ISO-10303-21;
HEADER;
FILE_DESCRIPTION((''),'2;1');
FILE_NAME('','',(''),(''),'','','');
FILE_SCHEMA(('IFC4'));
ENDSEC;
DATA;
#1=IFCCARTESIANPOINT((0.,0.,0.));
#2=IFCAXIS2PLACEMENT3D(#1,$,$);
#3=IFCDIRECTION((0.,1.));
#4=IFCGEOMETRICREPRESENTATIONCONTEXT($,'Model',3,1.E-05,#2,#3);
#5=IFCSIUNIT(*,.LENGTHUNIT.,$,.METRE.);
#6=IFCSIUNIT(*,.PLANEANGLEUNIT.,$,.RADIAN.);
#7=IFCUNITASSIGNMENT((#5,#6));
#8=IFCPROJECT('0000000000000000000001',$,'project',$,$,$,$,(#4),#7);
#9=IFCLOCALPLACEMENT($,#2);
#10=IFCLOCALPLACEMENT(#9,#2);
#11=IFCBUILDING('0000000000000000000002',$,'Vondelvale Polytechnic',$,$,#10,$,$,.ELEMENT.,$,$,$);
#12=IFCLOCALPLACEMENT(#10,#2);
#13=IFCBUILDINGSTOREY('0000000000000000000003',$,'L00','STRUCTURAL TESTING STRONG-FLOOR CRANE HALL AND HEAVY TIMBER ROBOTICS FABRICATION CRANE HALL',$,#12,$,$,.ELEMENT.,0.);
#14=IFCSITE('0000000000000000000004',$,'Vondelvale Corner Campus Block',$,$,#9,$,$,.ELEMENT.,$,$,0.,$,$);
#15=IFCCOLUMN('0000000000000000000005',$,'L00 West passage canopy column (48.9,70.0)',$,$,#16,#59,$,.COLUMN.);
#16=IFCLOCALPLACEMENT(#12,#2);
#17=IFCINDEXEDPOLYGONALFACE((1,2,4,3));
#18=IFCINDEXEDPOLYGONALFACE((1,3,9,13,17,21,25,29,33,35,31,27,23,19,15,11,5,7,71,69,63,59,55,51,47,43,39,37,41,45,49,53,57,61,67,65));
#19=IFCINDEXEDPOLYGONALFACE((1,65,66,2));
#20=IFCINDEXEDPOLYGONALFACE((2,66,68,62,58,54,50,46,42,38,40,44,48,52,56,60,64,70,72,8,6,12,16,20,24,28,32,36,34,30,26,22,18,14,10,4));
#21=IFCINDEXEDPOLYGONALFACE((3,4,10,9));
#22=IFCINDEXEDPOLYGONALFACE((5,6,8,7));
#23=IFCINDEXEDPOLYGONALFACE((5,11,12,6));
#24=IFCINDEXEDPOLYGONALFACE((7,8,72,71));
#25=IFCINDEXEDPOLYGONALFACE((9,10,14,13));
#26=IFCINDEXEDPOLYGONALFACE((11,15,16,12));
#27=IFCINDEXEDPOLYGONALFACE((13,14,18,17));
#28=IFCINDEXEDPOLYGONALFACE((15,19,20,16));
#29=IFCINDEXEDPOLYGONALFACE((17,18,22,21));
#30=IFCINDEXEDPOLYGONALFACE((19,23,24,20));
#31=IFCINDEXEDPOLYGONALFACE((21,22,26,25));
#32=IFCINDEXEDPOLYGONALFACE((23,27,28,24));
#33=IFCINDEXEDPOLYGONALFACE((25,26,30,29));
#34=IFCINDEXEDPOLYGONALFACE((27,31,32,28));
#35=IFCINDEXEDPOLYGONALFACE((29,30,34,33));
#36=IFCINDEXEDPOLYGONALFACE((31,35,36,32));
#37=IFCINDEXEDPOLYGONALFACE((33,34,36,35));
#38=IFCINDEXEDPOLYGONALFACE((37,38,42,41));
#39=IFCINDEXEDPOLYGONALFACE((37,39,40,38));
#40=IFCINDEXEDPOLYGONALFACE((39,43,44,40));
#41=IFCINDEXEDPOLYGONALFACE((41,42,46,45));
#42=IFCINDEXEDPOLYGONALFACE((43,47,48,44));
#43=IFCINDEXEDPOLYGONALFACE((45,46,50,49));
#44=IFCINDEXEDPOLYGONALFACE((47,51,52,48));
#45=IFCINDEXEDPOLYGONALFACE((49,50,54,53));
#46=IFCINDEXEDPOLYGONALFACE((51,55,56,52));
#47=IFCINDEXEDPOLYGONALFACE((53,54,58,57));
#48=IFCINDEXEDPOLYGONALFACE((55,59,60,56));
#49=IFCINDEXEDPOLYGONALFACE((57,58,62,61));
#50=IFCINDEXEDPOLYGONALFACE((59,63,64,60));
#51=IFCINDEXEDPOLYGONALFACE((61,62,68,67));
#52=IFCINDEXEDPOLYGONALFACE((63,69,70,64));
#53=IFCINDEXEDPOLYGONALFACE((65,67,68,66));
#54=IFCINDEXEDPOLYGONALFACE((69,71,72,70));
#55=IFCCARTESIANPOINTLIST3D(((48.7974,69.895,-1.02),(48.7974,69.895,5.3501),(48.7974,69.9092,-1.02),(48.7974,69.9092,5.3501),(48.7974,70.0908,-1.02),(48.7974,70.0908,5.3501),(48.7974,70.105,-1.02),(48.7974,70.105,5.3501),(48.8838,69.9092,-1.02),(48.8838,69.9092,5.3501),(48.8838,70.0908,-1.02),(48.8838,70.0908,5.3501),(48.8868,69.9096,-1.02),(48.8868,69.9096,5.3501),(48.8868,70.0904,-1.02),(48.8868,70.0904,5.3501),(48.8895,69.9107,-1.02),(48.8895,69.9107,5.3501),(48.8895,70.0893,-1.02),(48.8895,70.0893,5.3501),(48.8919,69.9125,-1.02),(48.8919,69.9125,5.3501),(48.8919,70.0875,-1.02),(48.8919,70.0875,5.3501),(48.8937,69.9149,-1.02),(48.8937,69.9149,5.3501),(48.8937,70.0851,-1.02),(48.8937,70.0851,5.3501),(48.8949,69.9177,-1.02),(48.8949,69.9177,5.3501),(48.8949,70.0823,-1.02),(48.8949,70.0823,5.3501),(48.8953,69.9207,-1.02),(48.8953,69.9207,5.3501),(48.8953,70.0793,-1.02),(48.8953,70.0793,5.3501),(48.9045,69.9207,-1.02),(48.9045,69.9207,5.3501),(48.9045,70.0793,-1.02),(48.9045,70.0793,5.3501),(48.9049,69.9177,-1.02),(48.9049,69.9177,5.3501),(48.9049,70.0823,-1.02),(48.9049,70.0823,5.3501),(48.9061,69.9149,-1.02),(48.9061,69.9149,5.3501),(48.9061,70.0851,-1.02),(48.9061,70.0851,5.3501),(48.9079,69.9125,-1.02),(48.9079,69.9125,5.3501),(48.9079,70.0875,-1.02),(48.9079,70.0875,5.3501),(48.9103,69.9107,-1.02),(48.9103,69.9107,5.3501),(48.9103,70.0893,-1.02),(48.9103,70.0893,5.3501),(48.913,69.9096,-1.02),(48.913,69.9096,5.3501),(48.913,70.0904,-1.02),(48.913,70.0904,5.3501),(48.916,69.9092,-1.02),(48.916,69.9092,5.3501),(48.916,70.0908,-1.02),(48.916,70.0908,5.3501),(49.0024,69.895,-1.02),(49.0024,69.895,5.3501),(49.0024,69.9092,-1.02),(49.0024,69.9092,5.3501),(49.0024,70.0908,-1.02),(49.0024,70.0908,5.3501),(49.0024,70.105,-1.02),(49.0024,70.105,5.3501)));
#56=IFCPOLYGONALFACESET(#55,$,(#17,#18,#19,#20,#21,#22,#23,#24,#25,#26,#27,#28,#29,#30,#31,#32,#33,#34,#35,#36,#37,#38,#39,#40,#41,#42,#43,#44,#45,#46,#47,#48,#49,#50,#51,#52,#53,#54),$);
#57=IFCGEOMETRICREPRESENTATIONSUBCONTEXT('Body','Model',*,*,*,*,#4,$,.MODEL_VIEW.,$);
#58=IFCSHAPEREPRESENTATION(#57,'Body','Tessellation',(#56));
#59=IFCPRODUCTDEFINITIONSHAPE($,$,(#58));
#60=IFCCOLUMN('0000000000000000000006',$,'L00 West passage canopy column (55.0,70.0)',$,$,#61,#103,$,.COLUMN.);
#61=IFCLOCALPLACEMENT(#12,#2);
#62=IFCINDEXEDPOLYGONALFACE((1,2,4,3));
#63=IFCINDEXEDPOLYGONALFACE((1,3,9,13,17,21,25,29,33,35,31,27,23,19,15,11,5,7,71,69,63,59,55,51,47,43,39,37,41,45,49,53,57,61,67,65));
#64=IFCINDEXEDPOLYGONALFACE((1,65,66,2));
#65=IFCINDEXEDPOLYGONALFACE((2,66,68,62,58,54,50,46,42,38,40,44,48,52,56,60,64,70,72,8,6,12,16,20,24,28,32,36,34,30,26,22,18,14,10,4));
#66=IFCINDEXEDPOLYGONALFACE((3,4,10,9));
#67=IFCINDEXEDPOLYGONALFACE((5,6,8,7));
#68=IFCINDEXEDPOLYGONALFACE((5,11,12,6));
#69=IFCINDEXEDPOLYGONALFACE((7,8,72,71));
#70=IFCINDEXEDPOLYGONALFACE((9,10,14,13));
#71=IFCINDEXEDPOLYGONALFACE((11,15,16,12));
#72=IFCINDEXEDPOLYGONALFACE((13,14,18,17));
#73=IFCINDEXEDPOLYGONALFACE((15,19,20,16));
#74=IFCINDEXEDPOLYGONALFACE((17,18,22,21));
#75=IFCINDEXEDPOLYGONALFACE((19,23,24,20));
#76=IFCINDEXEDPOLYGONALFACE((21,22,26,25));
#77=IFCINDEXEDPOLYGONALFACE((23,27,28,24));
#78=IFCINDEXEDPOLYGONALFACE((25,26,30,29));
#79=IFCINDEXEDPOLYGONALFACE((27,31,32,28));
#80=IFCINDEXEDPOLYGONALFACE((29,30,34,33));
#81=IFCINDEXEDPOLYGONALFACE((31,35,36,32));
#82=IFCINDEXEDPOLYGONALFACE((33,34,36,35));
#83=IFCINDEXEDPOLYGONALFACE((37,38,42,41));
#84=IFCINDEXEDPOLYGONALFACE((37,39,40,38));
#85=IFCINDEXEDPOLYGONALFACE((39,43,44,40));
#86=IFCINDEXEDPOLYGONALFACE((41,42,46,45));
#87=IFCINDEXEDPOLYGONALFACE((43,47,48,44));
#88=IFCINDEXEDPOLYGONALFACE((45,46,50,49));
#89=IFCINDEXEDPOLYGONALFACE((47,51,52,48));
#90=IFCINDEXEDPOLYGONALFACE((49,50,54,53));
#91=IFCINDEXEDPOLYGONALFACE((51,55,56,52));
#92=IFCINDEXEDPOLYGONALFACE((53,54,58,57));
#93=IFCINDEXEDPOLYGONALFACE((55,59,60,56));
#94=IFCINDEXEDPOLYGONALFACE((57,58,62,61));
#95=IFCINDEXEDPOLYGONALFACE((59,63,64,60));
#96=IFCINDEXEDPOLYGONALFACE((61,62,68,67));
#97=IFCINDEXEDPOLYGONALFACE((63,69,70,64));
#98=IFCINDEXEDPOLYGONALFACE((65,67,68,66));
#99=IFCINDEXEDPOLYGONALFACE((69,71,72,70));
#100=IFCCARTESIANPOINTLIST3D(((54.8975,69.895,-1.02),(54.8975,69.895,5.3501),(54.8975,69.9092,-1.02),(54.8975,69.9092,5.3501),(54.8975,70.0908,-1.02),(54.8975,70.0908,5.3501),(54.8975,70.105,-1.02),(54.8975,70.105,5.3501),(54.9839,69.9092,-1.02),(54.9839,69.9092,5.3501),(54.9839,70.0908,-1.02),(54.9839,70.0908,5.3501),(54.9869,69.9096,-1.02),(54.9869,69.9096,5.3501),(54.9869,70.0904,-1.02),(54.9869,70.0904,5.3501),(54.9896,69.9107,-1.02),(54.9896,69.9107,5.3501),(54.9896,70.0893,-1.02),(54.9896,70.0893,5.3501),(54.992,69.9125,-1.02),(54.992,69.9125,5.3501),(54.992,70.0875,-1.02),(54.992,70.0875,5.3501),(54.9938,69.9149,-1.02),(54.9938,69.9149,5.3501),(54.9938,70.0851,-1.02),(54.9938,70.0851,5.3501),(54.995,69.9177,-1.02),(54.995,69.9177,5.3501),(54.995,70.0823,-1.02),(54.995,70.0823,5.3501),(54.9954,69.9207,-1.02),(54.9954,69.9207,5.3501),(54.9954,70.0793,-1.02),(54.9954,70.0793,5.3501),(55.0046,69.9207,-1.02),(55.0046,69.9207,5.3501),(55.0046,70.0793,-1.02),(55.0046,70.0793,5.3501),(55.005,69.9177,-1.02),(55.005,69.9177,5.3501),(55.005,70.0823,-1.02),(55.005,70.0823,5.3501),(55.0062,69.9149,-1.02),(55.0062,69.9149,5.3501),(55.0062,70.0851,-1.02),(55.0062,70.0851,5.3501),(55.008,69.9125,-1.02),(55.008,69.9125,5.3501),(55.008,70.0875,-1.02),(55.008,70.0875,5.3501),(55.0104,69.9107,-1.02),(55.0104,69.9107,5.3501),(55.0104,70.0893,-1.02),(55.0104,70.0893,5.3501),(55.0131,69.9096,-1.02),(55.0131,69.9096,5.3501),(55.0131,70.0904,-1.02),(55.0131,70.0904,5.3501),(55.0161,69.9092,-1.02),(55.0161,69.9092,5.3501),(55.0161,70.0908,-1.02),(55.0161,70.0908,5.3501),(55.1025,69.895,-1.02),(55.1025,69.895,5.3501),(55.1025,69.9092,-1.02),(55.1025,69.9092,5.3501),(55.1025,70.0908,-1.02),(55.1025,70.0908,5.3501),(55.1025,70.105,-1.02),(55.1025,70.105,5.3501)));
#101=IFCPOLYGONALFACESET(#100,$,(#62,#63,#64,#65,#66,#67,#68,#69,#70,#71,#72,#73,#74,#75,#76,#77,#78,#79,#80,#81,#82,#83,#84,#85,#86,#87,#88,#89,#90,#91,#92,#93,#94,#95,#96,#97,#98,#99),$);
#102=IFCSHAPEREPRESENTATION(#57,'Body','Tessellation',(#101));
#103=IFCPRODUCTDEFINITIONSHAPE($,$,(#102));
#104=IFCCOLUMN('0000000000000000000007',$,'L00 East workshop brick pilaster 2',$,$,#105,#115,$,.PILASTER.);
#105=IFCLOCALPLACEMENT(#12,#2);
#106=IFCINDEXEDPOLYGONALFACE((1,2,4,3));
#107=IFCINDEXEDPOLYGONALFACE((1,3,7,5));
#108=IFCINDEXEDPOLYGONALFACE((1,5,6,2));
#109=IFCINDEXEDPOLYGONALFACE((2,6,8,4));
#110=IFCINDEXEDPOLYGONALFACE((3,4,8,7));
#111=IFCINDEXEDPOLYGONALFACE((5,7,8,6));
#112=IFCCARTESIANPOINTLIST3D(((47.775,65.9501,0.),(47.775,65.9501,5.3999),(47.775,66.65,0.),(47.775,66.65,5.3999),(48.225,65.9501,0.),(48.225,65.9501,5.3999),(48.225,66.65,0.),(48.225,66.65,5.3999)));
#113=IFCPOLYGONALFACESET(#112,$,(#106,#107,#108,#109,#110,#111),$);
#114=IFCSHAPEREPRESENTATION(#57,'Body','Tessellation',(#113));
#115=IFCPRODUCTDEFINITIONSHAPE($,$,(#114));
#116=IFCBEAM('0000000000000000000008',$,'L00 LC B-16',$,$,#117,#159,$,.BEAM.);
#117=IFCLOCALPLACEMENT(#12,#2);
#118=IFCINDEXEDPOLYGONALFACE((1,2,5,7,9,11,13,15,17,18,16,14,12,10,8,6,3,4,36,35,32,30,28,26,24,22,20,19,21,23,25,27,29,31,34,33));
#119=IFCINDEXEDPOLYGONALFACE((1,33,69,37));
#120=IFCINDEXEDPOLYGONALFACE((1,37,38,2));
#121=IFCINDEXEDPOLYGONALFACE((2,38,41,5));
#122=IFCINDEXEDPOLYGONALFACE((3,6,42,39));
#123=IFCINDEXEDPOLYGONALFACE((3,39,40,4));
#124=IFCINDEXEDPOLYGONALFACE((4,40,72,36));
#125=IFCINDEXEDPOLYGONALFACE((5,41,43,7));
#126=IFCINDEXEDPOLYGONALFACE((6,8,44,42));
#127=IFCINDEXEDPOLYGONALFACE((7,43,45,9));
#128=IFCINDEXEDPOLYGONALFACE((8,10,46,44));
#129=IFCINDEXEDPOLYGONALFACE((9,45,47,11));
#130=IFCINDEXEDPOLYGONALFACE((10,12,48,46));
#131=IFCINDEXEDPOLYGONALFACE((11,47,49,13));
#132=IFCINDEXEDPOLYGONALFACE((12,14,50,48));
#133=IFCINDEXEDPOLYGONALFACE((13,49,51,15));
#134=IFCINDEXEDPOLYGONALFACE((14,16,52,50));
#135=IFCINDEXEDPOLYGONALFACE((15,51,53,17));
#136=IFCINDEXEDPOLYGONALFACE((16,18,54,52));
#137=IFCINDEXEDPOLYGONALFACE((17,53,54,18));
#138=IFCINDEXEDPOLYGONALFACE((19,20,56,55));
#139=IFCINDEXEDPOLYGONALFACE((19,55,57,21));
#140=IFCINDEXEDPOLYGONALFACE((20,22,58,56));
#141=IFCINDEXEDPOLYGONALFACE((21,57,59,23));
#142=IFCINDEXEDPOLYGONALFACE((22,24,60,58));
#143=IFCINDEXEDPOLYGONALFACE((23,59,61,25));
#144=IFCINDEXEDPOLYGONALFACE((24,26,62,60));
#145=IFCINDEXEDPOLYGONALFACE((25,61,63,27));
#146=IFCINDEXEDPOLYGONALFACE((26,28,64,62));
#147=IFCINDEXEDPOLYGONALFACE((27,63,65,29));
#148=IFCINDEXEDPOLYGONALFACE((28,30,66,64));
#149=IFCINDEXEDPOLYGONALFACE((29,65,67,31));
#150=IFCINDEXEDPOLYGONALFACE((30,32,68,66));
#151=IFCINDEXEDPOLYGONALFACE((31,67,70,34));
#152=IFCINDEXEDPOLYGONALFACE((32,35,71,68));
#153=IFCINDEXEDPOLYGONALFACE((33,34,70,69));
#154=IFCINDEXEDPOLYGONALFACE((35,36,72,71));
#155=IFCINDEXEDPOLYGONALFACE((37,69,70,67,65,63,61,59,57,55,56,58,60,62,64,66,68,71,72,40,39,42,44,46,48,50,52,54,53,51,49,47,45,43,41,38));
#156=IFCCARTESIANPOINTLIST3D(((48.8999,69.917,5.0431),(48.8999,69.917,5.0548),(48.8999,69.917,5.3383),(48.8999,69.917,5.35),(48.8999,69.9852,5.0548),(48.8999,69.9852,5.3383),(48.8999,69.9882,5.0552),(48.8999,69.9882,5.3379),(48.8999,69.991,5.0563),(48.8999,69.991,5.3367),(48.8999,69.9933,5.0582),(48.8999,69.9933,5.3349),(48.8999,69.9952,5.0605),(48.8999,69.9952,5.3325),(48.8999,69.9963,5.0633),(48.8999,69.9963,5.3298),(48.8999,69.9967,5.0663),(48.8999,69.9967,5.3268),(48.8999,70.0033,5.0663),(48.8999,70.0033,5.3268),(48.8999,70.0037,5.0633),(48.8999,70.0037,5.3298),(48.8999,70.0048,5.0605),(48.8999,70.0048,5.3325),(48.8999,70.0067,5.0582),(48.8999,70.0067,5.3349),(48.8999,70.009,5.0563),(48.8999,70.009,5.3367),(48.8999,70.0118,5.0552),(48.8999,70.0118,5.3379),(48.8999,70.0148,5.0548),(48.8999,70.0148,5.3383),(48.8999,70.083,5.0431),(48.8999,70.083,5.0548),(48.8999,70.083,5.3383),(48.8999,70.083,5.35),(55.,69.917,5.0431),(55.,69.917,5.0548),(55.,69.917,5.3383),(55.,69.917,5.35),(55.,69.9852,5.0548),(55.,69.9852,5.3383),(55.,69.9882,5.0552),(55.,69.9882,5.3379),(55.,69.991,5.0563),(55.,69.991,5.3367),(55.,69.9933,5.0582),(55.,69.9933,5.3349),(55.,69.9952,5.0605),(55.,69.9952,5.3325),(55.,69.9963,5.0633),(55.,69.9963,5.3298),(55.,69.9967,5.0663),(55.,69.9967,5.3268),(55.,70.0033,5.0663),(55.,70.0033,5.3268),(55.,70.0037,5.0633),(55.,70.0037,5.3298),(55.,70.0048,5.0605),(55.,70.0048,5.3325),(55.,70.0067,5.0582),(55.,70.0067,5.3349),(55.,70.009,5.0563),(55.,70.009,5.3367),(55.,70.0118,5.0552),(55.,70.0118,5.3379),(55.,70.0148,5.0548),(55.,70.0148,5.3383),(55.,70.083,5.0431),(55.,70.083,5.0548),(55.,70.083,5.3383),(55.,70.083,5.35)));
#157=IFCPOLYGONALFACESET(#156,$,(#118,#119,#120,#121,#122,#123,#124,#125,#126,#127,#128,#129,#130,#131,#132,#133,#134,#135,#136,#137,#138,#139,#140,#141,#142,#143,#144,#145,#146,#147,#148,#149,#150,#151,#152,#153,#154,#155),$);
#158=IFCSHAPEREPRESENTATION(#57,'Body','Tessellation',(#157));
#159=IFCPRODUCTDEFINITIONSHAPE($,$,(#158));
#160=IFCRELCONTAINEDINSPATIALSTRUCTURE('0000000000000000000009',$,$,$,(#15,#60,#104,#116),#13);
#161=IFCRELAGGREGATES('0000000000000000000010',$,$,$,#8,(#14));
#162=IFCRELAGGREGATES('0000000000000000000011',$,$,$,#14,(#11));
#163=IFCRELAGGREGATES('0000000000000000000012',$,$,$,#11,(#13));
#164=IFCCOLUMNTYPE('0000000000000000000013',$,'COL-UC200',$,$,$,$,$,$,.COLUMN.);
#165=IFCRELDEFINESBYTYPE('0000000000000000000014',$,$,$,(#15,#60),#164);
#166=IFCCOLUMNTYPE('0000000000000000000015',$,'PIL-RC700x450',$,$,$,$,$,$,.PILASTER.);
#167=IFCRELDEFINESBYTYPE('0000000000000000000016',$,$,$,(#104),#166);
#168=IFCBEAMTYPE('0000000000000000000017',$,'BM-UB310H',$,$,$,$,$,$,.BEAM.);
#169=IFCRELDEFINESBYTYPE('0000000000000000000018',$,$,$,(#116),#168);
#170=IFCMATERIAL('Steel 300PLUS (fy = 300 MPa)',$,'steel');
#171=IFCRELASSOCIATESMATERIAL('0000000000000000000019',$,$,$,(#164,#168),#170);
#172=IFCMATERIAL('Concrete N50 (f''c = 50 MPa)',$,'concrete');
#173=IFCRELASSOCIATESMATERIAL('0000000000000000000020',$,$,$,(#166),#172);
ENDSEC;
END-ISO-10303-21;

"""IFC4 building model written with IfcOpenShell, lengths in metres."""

from ifc_helpers import new_model, si_unit, direction, frame, origin, origin_2d, place, context, subcontext, project, spatial, rectangle, i_section, extrude, material, material_profile, profile_set, type_object, element, save


model = new_model("IFC4")

# Units and contexts
model_context = context("Model", 3, precision=1e-05, world=origin(), true_north=direction((0.0, 1.0)))
body_context = subcontext(model_context, "Body", "Model", "MODEL_VIEW")
ifc_project = project(units=[si_unit("LENGTHUNIT", "METRE"), si_unit("PLANEANGLEUNIT", "RADIAN")], contexts=[model_context])

# Site, building, storey
site_placement = place(None, origin())
site = spatial("IfcSite", under=ifc_project, at=site_placement, Name="Vondelvale Corner Campus Block", CompositionType="ELEMENT", RefElevation=0.0)
building_placement = place(site_placement, origin())
building = spatial("IfcBuilding", under=site, at=building_placement, Name="Vondelvale Polytechnic", CompositionType="ELEMENT")
storey_placement = place(building_placement, origin())
storey = spatial("IfcBuildingStorey", under=building, at=storey_placement, Name="L00", Description="STRUCTURAL TESTING STRONG-FLOOR CRANE HALL AND HEAVY TIMBER ROBOTICS FABRICATION CRANE HALL", CompositionType="ELEMENT", Elevation=0.0)

# Columns
ifc_material_1 = material(Name="Concrete N50 (f'c = 50 MPa)", Category="concrete")
ifc_material_2 = material(Name="Steel 300PLUS (fy = 300 MPa)", Category="steel")
ifc_material_profile_1 = material_profile(ifc_material_2, i_section(OverallWidth=0.2051, OverallDepth=0.21, WebThickness=0.0093, FlangeThickness=0.0142, FilletRadius=0.0115, at=origin_2d()), Name="200UC59.5")
ifc_profile_set_1 = profile_set([ifc_material_profile_1], Name="Steel 300PLUS (fy = 300 MPa)")
column_type_1 = type_object("IfcColumnType", Name="COL-UC200", PredefinedType="COLUMN", material=ifc_profile_set_1)
for number, where, z_axis, x_axis, name in (
    (1, (48.8999, 70.0, -1.02), (0.0, 0.0, 1.0), (1.0, 0.0, 0.0), "L00 West passage canopy column (48.9,70.0)"),
    (2, (55.0, 70.0, -1.02), (0.0, 0.0, 1.0), (1.0, 0.0, 0.0), "L00 West passage canopy column (55.0,70.0)"),
):
    element("IfcColumn", number, at=place(storey_placement, frame(where, z_axis=z_axis, x_axis=x_axis)), inside=storey, type_object=column_type_1, Name=name, PredefinedType="COLUMN", context=body_context, shape_type="SweptSolid", body=[
        extrude(i_section(OverallWidth=0.2051, OverallDepth=0.21, WebThickness=0.0093, FlangeThickness=0.0142, FilletRadius=0.0115, at=origin_2d()), origin(), (0.0, 0.0, 1.0), 6.3701),
    ])
ifc_material_profile_2 = material_profile(ifc_material_1, rectangle(XDim=0.45, YDim=0.7, at=origin_2d()), Name="RC-PIL-700x450")
ifc_profile_set_2 = profile_set([ifc_material_profile_2], Name="Concrete N50 (f'c = 50 MPa)")
column_type_2 = type_object("IfcColumnType", Name="PIL-RC700x450", PredefinedType="PILASTER", material=ifc_profile_set_2)
column_1_placement = place(storey_placement, frame((48.0, 66.3, 0.0), z_axis=(0.0, 0.0, 1.0), x_axis=(1.0, 0.0, 0.0)))
element("IfcColumn", 3, at=column_1_placement, inside=storey, type_object=column_type_2, Name="L00 East workshop brick pilaster 2", PredefinedType="PILASTER", context=body_context, shape_type="SweptSolid", body=[
    extrude(rectangle(XDim=0.45, YDim=0.7, at=origin_2d()), origin(), (0.0, 0.0, 1.0), 5.3999),
])

# Beam
ifc_material_profile_3 = material_profile(ifc_material_2, i_section(OverallWidth=0.166, OverallDepth=0.3069, WebThickness=0.0066, FlangeThickness=0.0117, FilletRadius=0.0115, at=origin_2d()), Name="310UB46.2")
ifc_profile_set_3 = profile_set([ifc_material_profile_3], Name="Steel 300PLUS (fy = 300 MPa)")
beam_type_1 = type_object("IfcBeamType", Name="BM-UB310H", PredefinedType="BEAM", material=ifc_profile_set_3)
beam_1_placement = place(storey_placement, frame((48.8999, 70.0, 5.1965), z_axis=(1.0, 0.0, 0.0), x_axis=(0.0, 1.0, 0.0)))
element("IfcBeam", 4, at=beam_1_placement, inside=storey, type_object=beam_type_1, Name="L00 LC B-16", PredefinedType="BEAM", context=body_context, shape_type="SweptSolid", body=[
    extrude(i_section(OverallWidth=0.166, OverallDepth=0.3069, WebThickness=0.0066, FlangeThickness=0.0117, FilletRadius=0.0115, at=origin_2d()), origin(), (0.0, 0.0, 1.0), 6.1001),
])

save(model, "model.ifc")
